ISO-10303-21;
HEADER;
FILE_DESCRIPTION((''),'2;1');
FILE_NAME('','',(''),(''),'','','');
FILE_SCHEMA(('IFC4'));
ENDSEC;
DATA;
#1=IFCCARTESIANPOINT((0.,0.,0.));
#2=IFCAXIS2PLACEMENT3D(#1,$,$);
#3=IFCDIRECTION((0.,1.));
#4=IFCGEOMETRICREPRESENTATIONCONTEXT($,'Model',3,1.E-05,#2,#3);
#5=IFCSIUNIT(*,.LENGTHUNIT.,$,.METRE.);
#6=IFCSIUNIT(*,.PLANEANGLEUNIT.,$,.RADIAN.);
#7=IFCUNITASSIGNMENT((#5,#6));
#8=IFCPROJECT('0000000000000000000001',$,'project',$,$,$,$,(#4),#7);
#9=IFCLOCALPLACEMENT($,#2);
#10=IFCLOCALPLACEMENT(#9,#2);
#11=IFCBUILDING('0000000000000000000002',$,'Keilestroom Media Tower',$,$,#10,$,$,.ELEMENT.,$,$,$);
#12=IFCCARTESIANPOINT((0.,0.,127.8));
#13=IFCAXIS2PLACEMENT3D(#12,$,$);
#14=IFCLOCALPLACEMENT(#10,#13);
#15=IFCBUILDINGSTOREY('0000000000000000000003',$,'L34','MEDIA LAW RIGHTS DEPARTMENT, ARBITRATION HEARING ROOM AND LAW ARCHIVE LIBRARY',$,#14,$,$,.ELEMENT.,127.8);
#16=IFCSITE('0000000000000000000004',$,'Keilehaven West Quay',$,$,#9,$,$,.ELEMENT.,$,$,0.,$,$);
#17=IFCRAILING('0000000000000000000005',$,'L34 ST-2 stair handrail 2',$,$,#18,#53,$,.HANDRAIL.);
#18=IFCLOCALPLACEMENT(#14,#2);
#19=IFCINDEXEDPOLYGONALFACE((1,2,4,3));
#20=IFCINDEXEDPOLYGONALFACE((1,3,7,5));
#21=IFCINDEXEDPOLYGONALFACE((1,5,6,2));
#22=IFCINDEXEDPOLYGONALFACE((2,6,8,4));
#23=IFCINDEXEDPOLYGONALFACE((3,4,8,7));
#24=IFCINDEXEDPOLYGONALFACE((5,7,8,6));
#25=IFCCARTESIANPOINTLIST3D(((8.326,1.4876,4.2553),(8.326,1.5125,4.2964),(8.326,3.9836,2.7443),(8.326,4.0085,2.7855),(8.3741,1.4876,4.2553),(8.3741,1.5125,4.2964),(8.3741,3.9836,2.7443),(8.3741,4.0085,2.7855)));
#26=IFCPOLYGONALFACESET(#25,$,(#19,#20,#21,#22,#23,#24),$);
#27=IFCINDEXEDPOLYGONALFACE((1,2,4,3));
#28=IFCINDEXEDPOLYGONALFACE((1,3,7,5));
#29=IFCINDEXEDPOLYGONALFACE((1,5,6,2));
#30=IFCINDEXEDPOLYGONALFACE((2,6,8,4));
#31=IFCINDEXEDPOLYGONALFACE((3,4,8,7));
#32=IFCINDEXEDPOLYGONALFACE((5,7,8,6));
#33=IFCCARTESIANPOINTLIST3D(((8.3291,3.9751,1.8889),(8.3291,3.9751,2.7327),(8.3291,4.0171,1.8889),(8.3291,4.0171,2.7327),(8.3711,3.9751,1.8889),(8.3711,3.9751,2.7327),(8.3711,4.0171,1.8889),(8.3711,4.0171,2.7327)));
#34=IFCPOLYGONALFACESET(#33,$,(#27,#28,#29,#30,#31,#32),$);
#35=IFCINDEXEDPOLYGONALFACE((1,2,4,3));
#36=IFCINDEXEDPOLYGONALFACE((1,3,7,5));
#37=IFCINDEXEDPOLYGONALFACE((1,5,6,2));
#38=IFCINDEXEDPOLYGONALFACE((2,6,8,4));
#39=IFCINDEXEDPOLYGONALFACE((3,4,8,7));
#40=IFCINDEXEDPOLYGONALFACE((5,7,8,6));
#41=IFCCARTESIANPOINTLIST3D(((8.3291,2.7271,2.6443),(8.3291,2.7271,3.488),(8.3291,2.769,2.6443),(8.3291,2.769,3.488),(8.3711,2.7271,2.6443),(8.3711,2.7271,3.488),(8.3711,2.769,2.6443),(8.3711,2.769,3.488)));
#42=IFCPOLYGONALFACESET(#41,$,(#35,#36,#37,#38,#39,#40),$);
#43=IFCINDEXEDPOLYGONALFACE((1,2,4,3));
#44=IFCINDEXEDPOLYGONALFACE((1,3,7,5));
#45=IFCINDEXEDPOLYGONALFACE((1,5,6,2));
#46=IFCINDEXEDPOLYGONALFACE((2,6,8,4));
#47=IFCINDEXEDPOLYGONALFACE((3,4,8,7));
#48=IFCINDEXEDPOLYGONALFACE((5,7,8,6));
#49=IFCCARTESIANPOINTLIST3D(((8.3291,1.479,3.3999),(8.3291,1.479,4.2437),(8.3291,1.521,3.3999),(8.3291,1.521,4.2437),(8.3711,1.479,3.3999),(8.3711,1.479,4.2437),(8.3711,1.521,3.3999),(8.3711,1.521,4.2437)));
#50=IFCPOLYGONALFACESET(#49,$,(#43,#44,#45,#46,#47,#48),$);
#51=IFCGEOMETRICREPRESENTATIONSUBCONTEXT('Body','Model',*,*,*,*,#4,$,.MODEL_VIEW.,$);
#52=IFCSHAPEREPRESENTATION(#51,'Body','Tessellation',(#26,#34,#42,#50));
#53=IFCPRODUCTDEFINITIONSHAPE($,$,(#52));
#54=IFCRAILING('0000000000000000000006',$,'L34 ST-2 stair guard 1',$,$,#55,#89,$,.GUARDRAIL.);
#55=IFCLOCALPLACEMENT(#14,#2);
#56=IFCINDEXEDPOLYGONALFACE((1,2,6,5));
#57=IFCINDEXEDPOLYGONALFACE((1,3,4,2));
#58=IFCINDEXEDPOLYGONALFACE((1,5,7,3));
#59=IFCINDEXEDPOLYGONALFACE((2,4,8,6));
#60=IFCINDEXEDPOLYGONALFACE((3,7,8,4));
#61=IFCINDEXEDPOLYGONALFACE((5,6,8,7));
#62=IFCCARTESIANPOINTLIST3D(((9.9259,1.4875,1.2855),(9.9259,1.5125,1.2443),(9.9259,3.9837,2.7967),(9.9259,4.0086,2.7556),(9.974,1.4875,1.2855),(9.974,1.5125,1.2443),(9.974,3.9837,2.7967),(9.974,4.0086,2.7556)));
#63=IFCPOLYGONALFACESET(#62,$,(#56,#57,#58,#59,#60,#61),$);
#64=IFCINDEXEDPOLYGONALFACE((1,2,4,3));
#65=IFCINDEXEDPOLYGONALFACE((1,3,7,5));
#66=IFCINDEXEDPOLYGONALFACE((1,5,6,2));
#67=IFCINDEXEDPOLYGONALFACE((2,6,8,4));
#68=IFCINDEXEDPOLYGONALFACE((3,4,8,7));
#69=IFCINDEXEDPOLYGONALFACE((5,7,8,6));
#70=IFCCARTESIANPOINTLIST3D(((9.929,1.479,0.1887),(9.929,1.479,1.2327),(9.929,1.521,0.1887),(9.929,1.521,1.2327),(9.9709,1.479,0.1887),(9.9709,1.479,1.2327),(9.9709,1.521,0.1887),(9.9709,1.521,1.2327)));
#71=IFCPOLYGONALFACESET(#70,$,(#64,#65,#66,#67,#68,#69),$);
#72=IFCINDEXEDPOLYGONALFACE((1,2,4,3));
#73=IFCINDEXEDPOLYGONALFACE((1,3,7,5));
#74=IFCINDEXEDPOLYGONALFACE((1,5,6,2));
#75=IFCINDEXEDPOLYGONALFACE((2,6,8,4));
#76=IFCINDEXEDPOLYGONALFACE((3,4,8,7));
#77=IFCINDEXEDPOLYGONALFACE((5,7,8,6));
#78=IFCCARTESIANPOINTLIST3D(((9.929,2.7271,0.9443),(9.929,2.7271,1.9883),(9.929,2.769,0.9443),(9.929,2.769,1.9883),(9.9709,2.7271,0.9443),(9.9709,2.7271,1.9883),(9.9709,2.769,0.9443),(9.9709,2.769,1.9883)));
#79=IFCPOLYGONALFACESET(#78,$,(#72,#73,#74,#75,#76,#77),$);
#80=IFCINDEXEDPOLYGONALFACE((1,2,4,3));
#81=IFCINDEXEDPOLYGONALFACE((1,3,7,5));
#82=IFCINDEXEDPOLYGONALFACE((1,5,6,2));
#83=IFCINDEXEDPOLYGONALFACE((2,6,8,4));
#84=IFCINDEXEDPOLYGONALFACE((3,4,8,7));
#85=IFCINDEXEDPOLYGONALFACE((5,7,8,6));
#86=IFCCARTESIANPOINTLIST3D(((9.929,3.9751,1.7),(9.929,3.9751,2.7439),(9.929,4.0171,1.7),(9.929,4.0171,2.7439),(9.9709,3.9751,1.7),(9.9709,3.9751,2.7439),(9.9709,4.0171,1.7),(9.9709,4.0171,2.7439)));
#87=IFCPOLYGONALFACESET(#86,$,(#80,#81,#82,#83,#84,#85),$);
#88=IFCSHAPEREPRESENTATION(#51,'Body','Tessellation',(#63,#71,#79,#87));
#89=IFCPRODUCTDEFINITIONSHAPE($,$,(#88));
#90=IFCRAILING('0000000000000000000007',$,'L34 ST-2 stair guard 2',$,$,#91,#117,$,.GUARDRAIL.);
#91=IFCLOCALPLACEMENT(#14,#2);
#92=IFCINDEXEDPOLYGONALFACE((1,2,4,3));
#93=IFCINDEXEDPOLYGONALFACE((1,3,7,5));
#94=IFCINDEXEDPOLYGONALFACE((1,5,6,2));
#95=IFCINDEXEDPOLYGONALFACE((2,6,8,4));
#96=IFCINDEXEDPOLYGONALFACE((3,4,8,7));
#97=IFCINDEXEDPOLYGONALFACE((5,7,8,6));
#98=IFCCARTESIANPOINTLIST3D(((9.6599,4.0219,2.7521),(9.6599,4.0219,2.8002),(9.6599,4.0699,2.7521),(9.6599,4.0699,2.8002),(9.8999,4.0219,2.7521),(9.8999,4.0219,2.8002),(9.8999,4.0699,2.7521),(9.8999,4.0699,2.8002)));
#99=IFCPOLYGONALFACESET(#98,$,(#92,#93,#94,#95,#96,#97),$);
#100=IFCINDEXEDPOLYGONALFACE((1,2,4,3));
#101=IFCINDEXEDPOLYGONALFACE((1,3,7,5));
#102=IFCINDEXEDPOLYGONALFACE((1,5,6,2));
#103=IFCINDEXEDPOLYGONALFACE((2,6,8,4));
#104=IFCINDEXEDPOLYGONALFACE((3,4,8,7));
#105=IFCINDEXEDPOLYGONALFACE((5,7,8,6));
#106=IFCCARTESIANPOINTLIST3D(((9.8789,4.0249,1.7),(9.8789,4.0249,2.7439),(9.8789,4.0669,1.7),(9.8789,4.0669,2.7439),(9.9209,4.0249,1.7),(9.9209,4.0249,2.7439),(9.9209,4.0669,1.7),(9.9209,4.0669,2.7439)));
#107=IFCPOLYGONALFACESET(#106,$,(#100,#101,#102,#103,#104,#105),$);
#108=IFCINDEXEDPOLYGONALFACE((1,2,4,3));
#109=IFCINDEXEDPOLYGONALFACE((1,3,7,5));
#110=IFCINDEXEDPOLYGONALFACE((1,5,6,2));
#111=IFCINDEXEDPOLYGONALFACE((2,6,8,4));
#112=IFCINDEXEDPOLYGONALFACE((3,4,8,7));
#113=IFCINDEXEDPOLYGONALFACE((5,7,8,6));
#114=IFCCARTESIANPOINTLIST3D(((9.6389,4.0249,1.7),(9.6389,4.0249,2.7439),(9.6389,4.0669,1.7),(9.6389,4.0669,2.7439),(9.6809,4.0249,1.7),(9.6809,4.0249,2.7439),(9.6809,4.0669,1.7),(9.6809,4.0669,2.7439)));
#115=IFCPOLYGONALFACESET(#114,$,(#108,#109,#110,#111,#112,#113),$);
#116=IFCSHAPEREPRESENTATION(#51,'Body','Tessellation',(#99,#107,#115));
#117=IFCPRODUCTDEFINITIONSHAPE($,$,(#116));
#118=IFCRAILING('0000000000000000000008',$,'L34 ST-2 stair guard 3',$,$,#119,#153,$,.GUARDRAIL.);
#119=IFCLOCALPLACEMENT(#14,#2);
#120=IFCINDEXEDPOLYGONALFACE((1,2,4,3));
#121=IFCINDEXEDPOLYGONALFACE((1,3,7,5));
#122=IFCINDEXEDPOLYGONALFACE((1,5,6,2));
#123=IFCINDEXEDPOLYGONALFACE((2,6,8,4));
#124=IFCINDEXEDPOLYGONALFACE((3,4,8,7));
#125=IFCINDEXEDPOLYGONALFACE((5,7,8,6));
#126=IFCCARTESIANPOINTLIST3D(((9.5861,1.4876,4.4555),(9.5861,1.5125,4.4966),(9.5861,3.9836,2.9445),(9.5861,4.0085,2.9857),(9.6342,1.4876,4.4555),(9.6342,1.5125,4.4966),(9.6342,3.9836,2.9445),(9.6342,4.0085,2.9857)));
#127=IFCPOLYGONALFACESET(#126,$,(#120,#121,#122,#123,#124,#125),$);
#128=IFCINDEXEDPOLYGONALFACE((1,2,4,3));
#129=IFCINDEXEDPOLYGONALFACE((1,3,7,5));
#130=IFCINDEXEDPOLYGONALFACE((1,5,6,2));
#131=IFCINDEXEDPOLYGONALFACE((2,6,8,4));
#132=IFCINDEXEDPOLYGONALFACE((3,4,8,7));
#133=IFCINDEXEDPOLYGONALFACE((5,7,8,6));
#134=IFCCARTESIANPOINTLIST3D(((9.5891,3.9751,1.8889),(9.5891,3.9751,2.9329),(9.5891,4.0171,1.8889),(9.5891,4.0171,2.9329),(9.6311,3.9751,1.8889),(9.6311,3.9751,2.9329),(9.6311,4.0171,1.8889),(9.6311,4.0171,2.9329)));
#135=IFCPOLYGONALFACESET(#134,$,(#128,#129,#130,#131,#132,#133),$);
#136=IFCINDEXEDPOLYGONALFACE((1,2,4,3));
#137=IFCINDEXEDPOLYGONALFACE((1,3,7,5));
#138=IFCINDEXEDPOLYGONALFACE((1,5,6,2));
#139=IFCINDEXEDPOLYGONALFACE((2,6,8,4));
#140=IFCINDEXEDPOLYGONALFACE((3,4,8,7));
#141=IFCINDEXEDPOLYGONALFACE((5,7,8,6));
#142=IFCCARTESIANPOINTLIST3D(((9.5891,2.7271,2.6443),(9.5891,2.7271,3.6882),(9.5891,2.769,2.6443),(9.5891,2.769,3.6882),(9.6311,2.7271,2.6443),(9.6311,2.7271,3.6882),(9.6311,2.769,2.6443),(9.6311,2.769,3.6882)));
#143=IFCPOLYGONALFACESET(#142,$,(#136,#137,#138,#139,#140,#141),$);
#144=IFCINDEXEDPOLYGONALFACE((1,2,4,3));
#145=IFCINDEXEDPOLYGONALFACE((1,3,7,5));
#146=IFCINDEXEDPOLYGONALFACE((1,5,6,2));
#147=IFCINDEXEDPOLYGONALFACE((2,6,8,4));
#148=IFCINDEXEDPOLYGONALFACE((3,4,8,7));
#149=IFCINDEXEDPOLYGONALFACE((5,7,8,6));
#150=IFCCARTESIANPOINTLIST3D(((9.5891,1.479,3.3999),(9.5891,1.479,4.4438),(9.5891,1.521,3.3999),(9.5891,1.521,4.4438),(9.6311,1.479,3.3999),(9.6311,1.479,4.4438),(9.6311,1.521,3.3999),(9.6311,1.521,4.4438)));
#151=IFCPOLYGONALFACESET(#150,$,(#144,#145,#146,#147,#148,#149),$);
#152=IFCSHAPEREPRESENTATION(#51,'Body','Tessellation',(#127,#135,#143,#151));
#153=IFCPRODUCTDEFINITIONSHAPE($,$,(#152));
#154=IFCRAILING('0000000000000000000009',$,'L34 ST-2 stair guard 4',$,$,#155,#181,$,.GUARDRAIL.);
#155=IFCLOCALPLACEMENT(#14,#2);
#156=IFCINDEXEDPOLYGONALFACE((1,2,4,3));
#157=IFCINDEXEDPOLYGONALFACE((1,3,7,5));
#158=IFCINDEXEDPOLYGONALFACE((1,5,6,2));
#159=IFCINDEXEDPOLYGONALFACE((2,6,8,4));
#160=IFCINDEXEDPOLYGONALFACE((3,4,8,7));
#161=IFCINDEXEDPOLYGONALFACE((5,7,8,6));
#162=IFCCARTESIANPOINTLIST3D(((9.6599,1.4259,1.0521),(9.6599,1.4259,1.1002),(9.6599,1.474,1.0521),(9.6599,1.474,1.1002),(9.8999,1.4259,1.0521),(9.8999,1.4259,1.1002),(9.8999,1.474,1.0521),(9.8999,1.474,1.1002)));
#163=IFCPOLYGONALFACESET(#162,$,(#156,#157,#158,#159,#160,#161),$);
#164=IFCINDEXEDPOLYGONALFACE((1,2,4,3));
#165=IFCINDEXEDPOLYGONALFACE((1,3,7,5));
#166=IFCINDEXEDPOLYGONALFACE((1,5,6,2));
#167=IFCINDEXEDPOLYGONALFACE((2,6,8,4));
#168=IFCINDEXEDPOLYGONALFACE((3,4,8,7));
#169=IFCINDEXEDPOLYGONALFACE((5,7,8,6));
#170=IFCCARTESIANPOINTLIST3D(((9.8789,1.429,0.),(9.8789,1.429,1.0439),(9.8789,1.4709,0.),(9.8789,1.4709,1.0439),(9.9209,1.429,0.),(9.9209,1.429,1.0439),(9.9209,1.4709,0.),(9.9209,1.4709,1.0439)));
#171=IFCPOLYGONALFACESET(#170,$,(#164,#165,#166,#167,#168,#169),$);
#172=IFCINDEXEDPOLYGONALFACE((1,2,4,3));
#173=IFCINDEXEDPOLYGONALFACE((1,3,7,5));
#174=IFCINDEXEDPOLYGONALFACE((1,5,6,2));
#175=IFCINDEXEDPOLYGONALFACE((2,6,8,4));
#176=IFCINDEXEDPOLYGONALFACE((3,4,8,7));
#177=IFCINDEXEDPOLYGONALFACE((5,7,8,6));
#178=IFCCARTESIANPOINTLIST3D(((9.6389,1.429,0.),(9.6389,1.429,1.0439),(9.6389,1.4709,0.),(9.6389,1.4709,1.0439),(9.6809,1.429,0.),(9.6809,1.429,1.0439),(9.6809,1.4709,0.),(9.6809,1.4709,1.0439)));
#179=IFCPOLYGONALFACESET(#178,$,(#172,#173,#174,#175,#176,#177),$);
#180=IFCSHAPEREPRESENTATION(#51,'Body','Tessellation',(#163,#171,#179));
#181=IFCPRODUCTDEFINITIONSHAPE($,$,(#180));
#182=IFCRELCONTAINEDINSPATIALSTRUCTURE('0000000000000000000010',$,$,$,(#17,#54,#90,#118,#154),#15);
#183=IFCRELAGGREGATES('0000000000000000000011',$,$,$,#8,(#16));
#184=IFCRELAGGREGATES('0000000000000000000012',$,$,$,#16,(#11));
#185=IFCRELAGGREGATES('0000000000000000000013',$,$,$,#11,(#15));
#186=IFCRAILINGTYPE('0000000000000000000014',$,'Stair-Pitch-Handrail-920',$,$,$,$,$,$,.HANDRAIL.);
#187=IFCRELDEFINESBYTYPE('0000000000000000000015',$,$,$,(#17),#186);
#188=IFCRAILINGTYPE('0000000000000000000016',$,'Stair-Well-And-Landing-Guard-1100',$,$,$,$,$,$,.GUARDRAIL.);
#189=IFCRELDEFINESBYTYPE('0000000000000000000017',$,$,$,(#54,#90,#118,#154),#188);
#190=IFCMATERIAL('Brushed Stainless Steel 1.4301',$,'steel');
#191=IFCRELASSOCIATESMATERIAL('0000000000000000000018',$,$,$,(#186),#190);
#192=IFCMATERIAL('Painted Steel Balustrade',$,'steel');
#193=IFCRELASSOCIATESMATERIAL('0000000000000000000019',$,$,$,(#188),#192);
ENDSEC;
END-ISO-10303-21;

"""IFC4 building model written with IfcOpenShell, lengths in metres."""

from ifc_helpers import new_model, si_unit, direction, frame, origin, origin_2d, place, context, subcontext, project, spatial, rectangle, extrude, material, type_object, element, save


model = new_model("IFC4")

# Units and contexts
model_context = context("Model", 3, precision=1e-05, world=origin(), true_north=direction((0.0, 1.0)))
body_context = subcontext(model_context, "Body", "Model", "MODEL_VIEW")
ifc_project = project(units=[si_unit("LENGTHUNIT", "METRE"), si_unit("PLANEANGLEUNIT", "RADIAN")], contexts=[model_context])

# Site, building, storey
site_placement = place(None, origin())
site = spatial("IfcSite", under=ifc_project, at=site_placement, Name="Keilehaven West Quay", CompositionType="ELEMENT", RefElevation=0.0)
building_placement = place(site_placement, origin())
building = spatial("IfcBuilding", under=site, at=building_placement, Name="Keilestroom Media Tower", CompositionType="ELEMENT")
storey_placement = place(building_placement, frame((0.0, 0.0, 127.8)))
storey = spatial("IfcBuildingStorey", under=building, at=storey_placement, Name="L34", Description="MEDIA LAW RIGHTS DEPARTMENT, ARBITRATION HEARING ROOM AND LAW ARCHIVE LIBRARY", CompositionType="ELEMENT", Elevation=127.8)

# Railings
ifc_material_1 = material(Name="Brushed Stainless Steel 1.4301", Category="steel")
railing_type_1 = type_object("IfcRailingType", Name="Stair-Pitch-Handrail-920", PredefinedType="HANDRAIL", material=ifc_material_1)
railing_1_placement = place(storey_placement, frame((8.3501, 3.9961, 1.8889)))
element("IfcRailing", 1, at=railing_1_placement, inside=storey, type_object=railing_type_1, Name="L34 ST-2 stair handrail 2", PredefinedType="HANDRAIL", context=body_context, shape_type="SweptSolid", body=[
    extrude(rectangle(XDim=0.0481, YDim=0.0481, at=origin_2d()), frame((0.0, 0.0, 0.876), z_axis=(0.0, -0.855471, 0.517851), x_axis=(1.0, 0.0, 0.0)), (0.0, 0.0, 1.0), 2.9177),
    extrude(rectangle(XDim=0.042, YDim=0.042, at=origin_2d()), origin(), (0.0, 0.0, 1.0), 0.8438),
    extrude(rectangle(XDim=0.042, YDim=0.042, at=origin_2d()), frame((0.0, -1.248, 0.7554)), (0.0, 0.0, 1.0), 0.8438),
    extrude(rectangle(XDim=0.042, YDim=0.042, at=origin_2d()), frame((0.0, -2.4961, 1.511)), (0.0, 0.0, 1.0), 0.8438),
])
ifc_material_2 = material(Name="Painted Steel Balustrade", Category="steel")
railing_type_2 = type_object("IfcRailingType", Name="Stair-Well-And-Landing-Guard-1100", PredefinedType="GUARDRAIL", material=ifc_material_2)
railing_2_placement = place(storey_placement, frame((9.95, 1.5, 0.1887)))
element("IfcRailing", 2, at=railing_2_placement, inside=storey, type_object=railing_type_2, Name="L34 ST-2 stair guard 1", PredefinedType="GUARDRAIL", context=body_context, shape_type="SweptSolid", body=[
    extrude(rectangle(XDim=0.0481, YDim=0.0481, at=origin_2d()), frame((0.0, 0.0, 1.0762), z_axis=(0.0, 0.855434, 0.517912), x_axis=(-1.0, 0.0, 0.0)), (0.0, 0.0, 1.0), 2.918),
    extrude(rectangle(XDim=0.042, YDim=0.042, at=origin_2d()), origin(), (0.0, 0.0, 1.0), 1.0439),
    extrude(rectangle(XDim=0.042, YDim=0.042, at=origin_2d()), frame((0.0, 1.248, 0.7556)), (0.0, 0.0, 1.0), 1.0439),
    extrude(rectangle(XDim=0.042, YDim=0.042, at=origin_2d()), frame((0.0, 2.4961, 1.5112)), (0.0, 0.0, 1.0), 1.0439),
])
railing_3_placement = place(storey_placement, frame((9.8999, 4.0459, 1.7)))
element("IfcRailing", 3, at=railing_3_placement, inside=storey, type_object=railing_type_2, Name="L34 ST-2 stair guard 2", PredefinedType="GUARDRAIL", context=body_context, shape_type="SweptSolid", body=[
    extrude(rectangle(XDim=0.0481, YDim=0.0481, at=origin_2d()), frame((0.0, 0.0, 1.0762), z_axis=(-1.0, 0.0, 0.0), x_axis=(0.0, -1.0, 0.0)), (0.0, 0.0, 1.0), 0.24),
    extrude(rectangle(XDim=0.042, YDim=0.042, at=origin_2d()), origin(), (0.0, 0.0, 1.0), 1.0439),
    extrude(rectangle(XDim=0.042, YDim=0.042, at=origin_2d()), frame((-0.24, 0.0, 0.0)), (0.0, 0.0, 1.0), 1.0439),
])
railing_4_placement = place(storey_placement, frame((9.6101, 3.9961, 1.8889)))
element("IfcRailing", 4, at=railing_4_placement, inside=storey, type_object=railing_type_2, Name="L34 ST-2 stair guard 3", PredefinedType="GUARDRAIL", context=body_context, shape_type="SweptSolid", body=[
    extrude(rectangle(XDim=0.0481, YDim=0.0481, at=origin_2d()), frame((0.0, 0.0, 1.0762), z_axis=(0.0, -0.855471, 0.517851), x_axis=(1.0, 0.0, 0.0)), (0.0, 0.0, 1.0), 2.9177),
    extrude(rectangle(XDim=0.042, YDim=0.042, at=origin_2d()), origin(), (0.0, 0.0, 1.0), 1.0439),
    extrude(rectangle(XDim=0.042, YDim=0.042, at=origin_2d()), frame((0.0, -1.248, 0.7554)), (0.0, 0.0, 1.0), 1.0439),
    extrude(rectangle(XDim=0.042, YDim=0.042, at=origin_2d()), frame((0.0, -2.4961, 1.511)), (0.0, 0.0, 1.0), 1.0439),
])
railing_5_placement = place(storey_placement, frame((9.8999, 1.45, 0.0)))
element("IfcRailing", 5, at=railing_5_placement, inside=storey, type_object=railing_type_2, Name="L34 ST-2 stair guard 4", PredefinedType="GUARDRAIL", context=body_context, shape_type="SweptSolid", body=[
    extrude(rectangle(XDim=0.0481, YDim=0.0481, at=origin_2d()), frame((0.0, 0.0, 1.0762), z_axis=(-1.0, 0.0, 0.0), x_axis=(0.0, -1.0, 0.0)), (0.0, 0.0, 1.0), 0.24),
    extrude(rectangle(XDim=0.042, YDim=0.042, at=origin_2d()), origin(), (0.0, 0.0, 1.0), 1.0439),
    extrude(rectangle(XDim=0.042, YDim=0.042, at=origin_2d()), frame((-0.24, 0.0, 0.0)), (0.0, 0.0, 1.0), 1.0439),
])

save(model, "model.ifc")
